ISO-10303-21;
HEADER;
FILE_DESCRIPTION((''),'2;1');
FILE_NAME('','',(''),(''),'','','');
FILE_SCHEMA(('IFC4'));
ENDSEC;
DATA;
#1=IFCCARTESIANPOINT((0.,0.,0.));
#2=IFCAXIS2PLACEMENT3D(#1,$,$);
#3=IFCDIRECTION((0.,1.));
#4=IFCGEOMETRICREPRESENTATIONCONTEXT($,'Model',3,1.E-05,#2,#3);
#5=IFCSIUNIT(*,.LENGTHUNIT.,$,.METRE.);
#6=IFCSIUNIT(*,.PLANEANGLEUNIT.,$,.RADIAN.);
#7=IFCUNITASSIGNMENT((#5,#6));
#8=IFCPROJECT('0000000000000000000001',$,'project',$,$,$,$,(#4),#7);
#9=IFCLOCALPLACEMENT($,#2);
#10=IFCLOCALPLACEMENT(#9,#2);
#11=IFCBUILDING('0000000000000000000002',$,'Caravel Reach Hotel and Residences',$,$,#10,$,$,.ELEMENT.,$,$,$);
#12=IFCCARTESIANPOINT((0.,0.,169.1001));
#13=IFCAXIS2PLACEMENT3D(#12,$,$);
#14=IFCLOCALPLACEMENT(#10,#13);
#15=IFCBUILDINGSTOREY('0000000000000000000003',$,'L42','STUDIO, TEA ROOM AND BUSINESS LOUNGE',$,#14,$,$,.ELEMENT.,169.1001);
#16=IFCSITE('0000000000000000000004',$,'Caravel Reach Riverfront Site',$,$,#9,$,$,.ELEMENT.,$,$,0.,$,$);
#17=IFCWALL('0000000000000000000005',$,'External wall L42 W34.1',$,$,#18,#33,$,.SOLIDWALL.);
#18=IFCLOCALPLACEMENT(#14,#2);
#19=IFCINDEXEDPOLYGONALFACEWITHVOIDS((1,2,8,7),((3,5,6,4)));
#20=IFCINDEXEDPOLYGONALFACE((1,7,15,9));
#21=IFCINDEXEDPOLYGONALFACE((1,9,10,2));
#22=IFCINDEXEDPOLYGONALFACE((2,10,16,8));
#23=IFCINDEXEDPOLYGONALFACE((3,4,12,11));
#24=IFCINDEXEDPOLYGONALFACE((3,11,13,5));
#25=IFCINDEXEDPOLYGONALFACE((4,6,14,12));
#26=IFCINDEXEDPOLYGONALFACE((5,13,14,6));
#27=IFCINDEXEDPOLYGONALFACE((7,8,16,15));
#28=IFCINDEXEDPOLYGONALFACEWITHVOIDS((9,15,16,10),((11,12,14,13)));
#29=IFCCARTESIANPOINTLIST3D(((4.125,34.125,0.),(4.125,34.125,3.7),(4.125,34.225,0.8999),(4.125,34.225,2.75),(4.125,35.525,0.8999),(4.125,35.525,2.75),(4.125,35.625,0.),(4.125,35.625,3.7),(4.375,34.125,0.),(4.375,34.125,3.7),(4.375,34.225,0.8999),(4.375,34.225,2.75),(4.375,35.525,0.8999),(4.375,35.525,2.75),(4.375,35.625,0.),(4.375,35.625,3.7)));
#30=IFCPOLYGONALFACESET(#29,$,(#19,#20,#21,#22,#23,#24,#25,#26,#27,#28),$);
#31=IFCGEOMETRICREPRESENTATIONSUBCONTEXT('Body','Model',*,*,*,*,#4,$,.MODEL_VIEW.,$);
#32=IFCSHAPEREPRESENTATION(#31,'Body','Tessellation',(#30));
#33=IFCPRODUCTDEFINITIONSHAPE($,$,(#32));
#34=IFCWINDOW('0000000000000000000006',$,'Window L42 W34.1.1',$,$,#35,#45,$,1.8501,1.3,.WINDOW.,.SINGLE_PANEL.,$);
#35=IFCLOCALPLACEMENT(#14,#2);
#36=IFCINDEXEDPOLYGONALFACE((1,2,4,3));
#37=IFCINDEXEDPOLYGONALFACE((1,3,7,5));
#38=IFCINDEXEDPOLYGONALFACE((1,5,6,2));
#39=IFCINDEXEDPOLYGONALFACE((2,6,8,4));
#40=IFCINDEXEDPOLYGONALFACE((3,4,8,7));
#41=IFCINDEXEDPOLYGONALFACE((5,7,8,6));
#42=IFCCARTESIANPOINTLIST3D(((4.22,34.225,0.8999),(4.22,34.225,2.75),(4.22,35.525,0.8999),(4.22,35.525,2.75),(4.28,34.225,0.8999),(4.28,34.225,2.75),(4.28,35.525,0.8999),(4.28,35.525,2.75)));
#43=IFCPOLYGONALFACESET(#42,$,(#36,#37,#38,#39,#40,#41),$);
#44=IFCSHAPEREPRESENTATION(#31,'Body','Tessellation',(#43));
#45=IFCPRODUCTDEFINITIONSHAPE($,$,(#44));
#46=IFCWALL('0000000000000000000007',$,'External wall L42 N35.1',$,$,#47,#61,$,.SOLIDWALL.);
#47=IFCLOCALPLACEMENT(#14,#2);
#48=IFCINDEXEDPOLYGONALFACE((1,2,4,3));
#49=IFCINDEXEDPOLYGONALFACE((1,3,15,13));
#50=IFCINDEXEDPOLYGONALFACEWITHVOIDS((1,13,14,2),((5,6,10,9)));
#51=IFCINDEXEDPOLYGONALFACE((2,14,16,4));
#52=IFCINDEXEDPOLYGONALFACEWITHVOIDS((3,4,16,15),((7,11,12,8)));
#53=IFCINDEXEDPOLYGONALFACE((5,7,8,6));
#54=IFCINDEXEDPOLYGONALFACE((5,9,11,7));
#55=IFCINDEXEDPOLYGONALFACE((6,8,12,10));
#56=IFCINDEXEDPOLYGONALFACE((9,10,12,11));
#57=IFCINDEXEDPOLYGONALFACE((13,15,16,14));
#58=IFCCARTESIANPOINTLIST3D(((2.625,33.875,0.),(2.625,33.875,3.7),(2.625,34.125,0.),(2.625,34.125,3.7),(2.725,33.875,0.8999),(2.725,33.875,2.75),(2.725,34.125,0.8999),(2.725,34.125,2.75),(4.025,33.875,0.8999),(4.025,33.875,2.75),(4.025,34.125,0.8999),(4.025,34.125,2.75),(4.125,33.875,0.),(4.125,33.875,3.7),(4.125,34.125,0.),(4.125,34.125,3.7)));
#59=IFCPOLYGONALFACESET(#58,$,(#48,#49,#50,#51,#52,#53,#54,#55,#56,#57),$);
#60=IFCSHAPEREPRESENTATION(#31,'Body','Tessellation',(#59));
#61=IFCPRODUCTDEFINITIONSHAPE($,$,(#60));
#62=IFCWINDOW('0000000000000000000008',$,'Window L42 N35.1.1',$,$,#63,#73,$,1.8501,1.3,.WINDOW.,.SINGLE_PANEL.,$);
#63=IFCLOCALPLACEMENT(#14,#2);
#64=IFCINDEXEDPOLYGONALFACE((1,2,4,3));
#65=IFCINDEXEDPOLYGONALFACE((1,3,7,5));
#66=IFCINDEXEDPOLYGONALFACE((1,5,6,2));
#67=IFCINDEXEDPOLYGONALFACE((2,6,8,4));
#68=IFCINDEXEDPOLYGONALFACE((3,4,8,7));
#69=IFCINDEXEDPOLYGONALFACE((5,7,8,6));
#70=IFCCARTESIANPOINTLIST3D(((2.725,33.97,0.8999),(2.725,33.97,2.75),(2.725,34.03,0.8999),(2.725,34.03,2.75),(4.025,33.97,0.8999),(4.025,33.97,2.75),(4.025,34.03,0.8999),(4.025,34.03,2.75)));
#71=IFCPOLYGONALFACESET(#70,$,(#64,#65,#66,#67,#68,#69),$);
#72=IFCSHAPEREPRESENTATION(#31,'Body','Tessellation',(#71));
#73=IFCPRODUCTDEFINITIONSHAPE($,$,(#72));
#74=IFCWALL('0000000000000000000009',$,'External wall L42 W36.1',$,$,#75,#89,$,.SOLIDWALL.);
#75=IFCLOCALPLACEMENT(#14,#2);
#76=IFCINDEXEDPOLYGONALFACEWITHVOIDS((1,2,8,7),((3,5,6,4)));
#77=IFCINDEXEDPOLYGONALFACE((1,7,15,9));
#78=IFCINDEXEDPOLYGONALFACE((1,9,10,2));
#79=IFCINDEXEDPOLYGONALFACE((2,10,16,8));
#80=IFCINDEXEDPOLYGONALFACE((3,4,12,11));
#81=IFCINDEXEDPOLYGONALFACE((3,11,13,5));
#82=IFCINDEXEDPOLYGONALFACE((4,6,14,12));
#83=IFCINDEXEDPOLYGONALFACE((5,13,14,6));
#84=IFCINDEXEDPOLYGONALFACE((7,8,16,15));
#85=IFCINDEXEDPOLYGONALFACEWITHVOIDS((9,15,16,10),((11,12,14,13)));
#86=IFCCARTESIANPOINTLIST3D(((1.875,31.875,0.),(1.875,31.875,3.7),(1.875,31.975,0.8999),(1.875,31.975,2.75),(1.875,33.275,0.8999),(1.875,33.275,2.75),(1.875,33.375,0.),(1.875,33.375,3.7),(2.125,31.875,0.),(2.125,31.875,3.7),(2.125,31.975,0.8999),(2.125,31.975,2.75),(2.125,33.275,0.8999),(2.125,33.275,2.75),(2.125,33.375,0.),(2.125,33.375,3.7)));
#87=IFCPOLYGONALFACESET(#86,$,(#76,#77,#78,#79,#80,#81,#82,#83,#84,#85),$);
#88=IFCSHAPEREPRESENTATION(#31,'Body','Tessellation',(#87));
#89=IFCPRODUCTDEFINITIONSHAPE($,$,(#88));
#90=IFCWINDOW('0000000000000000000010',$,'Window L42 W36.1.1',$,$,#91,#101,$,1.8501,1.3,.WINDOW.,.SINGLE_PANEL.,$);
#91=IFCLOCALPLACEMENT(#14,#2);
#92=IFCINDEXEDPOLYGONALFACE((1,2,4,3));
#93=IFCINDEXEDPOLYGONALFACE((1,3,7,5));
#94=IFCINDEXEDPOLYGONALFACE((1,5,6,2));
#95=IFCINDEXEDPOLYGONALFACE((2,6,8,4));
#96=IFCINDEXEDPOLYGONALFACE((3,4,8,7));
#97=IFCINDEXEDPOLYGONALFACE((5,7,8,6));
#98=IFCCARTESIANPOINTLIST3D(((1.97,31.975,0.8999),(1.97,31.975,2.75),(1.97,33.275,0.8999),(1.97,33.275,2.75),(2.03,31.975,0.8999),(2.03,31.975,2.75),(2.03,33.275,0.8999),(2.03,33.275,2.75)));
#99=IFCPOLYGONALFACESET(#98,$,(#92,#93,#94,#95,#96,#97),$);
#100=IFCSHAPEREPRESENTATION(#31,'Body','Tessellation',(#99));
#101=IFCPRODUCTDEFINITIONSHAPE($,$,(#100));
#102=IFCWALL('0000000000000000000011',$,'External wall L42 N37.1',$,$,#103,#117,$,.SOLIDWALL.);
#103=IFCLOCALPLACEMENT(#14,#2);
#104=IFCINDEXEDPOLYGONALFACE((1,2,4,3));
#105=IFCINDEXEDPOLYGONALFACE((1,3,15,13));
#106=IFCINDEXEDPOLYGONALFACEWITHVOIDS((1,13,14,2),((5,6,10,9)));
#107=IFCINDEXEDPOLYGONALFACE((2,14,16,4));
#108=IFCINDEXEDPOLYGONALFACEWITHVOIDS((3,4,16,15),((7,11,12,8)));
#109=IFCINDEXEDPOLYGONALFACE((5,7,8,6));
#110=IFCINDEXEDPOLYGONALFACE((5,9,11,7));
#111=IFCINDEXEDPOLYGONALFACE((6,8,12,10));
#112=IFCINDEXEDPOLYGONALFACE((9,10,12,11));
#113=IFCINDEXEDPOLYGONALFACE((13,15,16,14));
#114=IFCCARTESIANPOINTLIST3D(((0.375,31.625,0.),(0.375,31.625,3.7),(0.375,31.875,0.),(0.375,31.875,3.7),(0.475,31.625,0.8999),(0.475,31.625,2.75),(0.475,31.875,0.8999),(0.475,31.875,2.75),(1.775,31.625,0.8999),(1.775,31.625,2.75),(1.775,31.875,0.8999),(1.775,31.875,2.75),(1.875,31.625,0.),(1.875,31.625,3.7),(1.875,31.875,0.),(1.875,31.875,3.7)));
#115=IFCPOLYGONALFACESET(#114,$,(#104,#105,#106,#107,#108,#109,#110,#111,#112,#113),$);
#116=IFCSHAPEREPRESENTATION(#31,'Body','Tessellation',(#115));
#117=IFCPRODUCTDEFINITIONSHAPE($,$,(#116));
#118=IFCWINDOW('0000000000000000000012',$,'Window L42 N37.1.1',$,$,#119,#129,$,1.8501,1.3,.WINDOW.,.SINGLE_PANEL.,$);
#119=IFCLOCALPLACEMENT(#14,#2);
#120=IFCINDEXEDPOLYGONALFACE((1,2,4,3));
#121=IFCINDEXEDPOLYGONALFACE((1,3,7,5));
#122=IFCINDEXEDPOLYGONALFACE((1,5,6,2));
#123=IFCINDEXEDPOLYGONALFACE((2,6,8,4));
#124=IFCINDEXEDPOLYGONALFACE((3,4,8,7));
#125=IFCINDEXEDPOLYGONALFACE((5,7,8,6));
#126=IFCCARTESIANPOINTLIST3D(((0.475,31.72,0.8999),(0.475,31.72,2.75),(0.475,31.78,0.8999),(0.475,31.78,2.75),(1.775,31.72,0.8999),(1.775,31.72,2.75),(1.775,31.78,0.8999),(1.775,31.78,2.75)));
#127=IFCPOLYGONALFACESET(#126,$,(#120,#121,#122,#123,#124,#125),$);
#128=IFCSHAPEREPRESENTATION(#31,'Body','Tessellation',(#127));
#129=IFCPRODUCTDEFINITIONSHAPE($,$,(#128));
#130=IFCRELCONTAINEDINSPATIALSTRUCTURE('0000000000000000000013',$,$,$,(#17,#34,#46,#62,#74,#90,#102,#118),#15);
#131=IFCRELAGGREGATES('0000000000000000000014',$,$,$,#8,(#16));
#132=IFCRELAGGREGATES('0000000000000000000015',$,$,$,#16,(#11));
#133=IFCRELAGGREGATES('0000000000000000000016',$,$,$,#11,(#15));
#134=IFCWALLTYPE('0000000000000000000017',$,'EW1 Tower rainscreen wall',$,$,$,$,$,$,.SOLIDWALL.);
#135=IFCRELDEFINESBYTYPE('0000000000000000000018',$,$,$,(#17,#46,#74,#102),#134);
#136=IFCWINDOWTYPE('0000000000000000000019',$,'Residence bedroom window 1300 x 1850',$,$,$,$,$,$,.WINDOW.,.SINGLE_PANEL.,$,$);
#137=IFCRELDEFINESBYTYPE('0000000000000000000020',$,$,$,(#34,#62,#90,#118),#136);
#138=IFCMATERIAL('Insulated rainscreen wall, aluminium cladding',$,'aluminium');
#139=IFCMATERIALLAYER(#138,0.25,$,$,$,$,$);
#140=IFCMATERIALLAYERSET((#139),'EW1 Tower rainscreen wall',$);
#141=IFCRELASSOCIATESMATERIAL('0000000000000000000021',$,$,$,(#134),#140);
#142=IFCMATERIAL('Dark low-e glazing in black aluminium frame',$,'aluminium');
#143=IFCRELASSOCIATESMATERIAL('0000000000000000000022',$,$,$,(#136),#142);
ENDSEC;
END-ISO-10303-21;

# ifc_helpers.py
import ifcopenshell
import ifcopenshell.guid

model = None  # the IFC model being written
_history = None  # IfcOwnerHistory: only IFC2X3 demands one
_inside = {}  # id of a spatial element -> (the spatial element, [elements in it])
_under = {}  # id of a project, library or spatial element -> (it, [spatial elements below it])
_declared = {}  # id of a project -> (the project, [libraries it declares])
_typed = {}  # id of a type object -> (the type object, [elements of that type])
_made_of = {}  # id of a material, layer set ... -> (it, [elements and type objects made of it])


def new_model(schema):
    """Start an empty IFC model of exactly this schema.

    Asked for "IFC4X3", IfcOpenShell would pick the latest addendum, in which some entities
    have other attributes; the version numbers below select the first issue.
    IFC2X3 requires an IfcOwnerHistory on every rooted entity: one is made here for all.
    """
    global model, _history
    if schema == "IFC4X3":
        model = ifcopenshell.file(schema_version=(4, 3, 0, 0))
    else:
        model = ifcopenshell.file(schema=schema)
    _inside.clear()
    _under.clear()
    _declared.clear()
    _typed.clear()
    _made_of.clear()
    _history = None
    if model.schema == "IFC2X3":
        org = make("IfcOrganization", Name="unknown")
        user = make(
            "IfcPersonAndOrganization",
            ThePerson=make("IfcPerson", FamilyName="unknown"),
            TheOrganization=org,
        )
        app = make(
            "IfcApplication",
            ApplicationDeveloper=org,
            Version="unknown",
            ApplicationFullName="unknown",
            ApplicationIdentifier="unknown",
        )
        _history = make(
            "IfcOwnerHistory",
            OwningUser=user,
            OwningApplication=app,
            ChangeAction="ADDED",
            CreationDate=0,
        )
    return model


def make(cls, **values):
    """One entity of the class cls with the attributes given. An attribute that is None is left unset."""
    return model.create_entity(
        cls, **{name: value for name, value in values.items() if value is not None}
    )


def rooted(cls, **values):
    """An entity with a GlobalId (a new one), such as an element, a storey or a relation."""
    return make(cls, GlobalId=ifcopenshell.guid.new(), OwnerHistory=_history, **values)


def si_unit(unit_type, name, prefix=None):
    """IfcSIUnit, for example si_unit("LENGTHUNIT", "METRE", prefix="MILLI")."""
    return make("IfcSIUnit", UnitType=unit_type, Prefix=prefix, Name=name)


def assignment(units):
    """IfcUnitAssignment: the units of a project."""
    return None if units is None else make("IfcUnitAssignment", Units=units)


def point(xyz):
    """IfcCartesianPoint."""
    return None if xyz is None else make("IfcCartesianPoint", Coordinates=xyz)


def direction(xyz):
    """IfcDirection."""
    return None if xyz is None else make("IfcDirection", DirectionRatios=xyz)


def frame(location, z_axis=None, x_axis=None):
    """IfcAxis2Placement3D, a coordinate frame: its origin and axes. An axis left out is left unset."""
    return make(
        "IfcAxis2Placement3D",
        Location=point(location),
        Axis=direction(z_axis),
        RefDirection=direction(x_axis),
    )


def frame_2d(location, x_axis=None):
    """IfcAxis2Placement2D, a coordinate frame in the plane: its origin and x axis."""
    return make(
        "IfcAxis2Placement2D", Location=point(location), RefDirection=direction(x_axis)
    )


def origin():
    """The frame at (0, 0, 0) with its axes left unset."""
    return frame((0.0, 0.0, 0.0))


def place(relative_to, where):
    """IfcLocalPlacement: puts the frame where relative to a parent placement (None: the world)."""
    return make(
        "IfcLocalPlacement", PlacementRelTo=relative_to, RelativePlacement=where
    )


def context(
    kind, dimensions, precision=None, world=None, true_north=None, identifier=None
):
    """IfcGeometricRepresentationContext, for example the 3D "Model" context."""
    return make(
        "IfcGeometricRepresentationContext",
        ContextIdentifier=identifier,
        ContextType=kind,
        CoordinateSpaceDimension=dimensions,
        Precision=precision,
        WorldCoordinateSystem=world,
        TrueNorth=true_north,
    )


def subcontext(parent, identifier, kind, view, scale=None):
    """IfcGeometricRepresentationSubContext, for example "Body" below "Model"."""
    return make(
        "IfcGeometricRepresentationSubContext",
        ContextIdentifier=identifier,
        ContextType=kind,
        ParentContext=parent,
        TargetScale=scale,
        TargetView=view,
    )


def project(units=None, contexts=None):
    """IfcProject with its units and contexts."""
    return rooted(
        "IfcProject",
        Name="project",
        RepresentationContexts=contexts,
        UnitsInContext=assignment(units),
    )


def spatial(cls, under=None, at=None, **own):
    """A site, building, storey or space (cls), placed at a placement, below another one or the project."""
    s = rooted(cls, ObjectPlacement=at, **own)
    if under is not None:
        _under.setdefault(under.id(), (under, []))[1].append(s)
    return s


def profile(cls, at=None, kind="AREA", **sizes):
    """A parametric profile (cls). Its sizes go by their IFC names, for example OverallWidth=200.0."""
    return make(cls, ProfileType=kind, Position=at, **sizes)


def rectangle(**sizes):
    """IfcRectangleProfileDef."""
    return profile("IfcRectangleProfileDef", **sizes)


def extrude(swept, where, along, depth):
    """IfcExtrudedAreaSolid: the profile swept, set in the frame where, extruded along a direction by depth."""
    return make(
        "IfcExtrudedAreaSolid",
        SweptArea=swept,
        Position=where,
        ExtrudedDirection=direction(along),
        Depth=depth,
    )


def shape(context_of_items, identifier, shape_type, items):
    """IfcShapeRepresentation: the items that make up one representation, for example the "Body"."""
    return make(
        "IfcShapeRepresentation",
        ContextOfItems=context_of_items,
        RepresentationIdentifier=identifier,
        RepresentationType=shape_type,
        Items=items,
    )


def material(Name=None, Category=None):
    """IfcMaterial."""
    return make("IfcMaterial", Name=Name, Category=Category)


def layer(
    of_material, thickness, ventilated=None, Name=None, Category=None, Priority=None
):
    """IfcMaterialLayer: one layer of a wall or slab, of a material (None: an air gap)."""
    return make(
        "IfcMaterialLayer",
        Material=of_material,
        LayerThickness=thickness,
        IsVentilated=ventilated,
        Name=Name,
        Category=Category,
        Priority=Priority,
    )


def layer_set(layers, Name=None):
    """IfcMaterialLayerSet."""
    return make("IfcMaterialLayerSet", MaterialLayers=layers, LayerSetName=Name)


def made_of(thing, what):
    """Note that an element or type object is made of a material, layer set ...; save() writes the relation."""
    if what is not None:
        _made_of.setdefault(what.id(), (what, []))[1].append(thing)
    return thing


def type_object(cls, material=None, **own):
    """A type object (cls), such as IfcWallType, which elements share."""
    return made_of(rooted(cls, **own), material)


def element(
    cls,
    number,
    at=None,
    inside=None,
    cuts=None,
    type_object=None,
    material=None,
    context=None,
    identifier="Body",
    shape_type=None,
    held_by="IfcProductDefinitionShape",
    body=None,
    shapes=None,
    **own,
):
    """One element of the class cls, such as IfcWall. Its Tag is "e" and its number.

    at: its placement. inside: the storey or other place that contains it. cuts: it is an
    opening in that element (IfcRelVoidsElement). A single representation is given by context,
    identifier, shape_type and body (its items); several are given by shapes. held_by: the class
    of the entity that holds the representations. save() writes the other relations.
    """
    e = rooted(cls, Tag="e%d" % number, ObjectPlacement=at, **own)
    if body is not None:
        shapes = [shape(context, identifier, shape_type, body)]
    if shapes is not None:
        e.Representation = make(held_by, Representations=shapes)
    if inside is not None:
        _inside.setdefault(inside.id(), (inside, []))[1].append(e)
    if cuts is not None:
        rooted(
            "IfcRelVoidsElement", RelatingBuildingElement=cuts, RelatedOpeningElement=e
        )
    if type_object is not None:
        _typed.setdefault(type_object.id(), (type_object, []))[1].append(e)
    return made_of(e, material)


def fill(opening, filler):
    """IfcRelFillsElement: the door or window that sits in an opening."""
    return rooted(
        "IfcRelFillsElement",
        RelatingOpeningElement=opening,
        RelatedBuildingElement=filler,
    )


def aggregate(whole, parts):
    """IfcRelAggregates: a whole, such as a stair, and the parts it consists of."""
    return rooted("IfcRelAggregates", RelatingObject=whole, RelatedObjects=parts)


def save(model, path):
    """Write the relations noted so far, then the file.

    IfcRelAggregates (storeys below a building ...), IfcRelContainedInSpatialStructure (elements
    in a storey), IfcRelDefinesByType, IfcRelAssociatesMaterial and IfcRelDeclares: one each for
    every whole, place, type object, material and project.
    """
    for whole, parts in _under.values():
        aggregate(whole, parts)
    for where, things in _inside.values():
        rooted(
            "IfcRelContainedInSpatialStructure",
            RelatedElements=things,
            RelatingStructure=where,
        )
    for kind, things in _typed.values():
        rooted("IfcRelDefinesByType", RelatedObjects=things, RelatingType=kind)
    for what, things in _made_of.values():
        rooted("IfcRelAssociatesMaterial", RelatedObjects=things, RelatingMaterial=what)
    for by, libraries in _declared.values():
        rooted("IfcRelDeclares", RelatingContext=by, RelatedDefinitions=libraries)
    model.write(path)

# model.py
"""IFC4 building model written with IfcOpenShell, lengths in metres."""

from ifc_helpers import new_model, si_unit, direction, frame, frame_2d, origin, place, context, subcontext, project, spatial, rectangle, extrude, material, layer, layer_set, type_object, element, fill, save


model = new_model("IFC4")

# Units and contexts
model_context = context("Model", 3, precision=1e-05, world=origin(), true_north=direction((0.0, 1.0)))
body_context = subcontext(model_context, "Body", "Model", "MODEL_VIEW")
ifc_project = project(units=[si_unit("LENGTHUNIT", "METRE"), si_unit("PLANEANGLEUNIT", "RADIAN")], contexts=[model_context])

# Site, building, storey
site_placement = place(None, origin())
site = spatial("IfcSite", under=ifc_project, at=site_placement, Name="Caravel Reach Riverfront Site", CompositionType="ELEMENT", RefElevation=0.0)
building_placement = place(site_placement, origin())
building = spatial("IfcBuilding", under=site, at=building_placement, Name="Caravel Reach Hotel and Residences", CompositionType="ELEMENT")
storey_placement = place(building_placement, frame((0.0, 0.0, 169.1001)))
storey = spatial("IfcBuildingStorey", under=building, at=storey_placement, Name="L42", Description="STUDIO, TEA ROOM AND BUSINESS LOUNGE", CompositionType="ELEMENT", Elevation=169.1001)

# Walls, openings, windows
ifc_material_1 = material(Name="Insulated rainscreen wall, aluminium cladding", Category="aluminium")
ifc_layer_1 = layer(ifc_material_1, 0.25)
ifc_layer_set_1 = layer_set([ifc_layer_1], Name="EW1 Tower rainscreen wall")
wall_type_1 = type_object("IfcWallType", Name="EW1 Tower rainscreen wall", PredefinedType="SOLIDWALL", material=ifc_layer_set_1)
wall_1_placement = place(storey_placement, frame((4.25, 35.625, 0.0), z_axis=(0.0, 0.0, 1.0), x_axis=(0.0, -1.0, 0.0)))
wall_1 = element("IfcWall", 1, at=wall_1_placement, inside=storey, type_object=wall_type_1, Name="External wall L42 W34.1", PredefinedType="SOLIDWALL", context=body_context, shape_type="SweptSolid", body=[
    extrude(rectangle(XDim=1.5, YDim=0.25, at=frame_2d((0.75, 0.0))), origin(), (0.0, 0.0, 1.0), 3.7),
])
opening_1_placement = place(wall_1_placement, frame((0.1001, 0.0, 0.8999)))
opening_1 = element("IfcOpeningElement", 2, at=opening_1_placement, cuts=wall_1, PredefinedType="OPENING", context=body_context, shape_type="SweptSolid", body=[
    extrude(rectangle(XDim=1.3, YDim=1.8501, at=frame_2d((0.6499, 0.925))), frame((0.0, 0.135, 0.0), z_axis=(0.0, -1.0, 0.0), x_axis=(1.0, 0.0, 0.0)), (0.0, 0.0, 1.0), 0.27),
])
ifc_material_2 = material(Name="Dark low-e glazing in black aluminium frame", Category="aluminium")
window_type_1 = type_object("IfcWindowType", Name="Residence bedroom window 1300 x 1850", PartitioningType="SINGLE_PANEL", PredefinedType="WINDOW", material=ifc_material_2)
window_1_placement = place(opening_1_placement, origin())
window_1 = element("IfcWindow", 3, at=window_1_placement, inside=storey, type_object=window_type_1, Name="Window L42 W34.1.1", OverallHeight=1.8501, OverallWidth=1.3, PartitioningType="SINGLE_PANEL", PredefinedType="WINDOW", context=body_context, shape_type="SweptSolid", body=[
    extrude(rectangle(XDim=1.3, YDim=1.8501, at=frame_2d((0.6499, 0.925))), frame((0.0, 0.03, 0.0), z_axis=(0.0, -1.0, 0.0), x_axis=(1.0, 0.0, 0.0)), (0.0, 0.0, 1.0), 0.0601),
])
fill(opening_1, window_1)
wall_2_placement = place(storey_placement, frame((4.125, 34.0, 0.0), z_axis=(0.0, 0.0, 1.0), x_axis=(-1.0, 0.0, 0.0)))
wall_2 = element("IfcWall", 4, at=wall_2_placement, inside=storey, type_object=wall_type_1, Name="External wall L42 N35.1", PredefinedType="SOLIDWALL", context=body_context, shape_type="SweptSolid", body=[
    extrude(rectangle(XDim=1.5, YDim=0.25, at=frame_2d((0.75, 0.0))), origin(), (0.0, 0.0, 1.0), 3.7),
])
opening_2_placement = place(wall_2_placement, frame((0.1001, 0.0, 0.8999)))
opening_2 = element("IfcOpeningElement", 5, at=opening_2_placement, cuts=wall_2, PredefinedType="OPENING", context=body_context, shape_type="SweptSolid", body=[
    extrude(rectangle(XDim=1.3, YDim=1.8501, at=frame_2d((0.6499, 0.925))), frame((0.0, 0.135, 0.0), z_axis=(0.0, -1.0, 0.0), x_axis=(1.0, 0.0, 0.0)), (0.0, 0.0, 1.0), 0.27),
])
window_2_placement = place(opening_2_placement, origin())
window_2 = element("IfcWindow", 6, at=window_2_placement, inside=storey, type_object=window_type_1, Name="Window L42 N35.1.1", OverallHeight=1.8501, OverallWidth=1.3, PartitioningType="SINGLE_PANEL", PredefinedType="WINDOW", context=body_context, shape_type="SweptSolid", body=[
    extrude(rectangle(XDim=1.3, YDim=1.8501, at=frame_2d((0.6499, 0.925))), frame((0.0, 0.03, 0.0), z_axis=(0.0, -1.0, 0.0), x_axis=(1.0, 0.0, 0.0)), (0.0, 0.0, 1.0), 0.0601),
])
fill(opening_2, window_2)
wall_3_placement = place(storey_placement, frame((2.0, 33.375, 0.0), z_axis=(0.0, 0.0, 1.0), x_axis=(0.0, -1.0, 0.0)))
wall_3 = element("IfcWall", 7, at=wall_3_placement, inside=storey, type_object=wall_type_1, Name="External wall L42 W36.1", PredefinedType="SOLIDWALL", context=body_context, shape_type="SweptSolid", body=[
    extrude(rectangle(XDim=1.5, YDim=0.25, at=frame_2d((0.75, 0.0))), origin(), (0.0, 0.0, 1.0), 3.7),
])
opening_3_placement = place(wall_3_placement, frame((0.1001, 0.0, 0.8999)))
opening_3 = element("IfcOpeningElement", 8, at=opening_3_placement, cuts=wall_3, PredefinedType="OPENING", context=body_context, shape_type="SweptSolid", body=[
    extrude(rectangle(XDim=1.3, YDim=1.8501, at=frame_2d((0.6499, 0.925))), frame((0.0, 0.135, 0.0), z_axis=(0.0, -1.0, 0.0), x_axis=(1.0, 0.0, 0.0)), (0.0, 0.0, 1.0), 0.27),
])
window_3_placement = place(opening_3_placement, origin())
window_3 = element("IfcWindow", 9, at=window_3_placement, inside=storey, type_object=window_type_1, Name="Window L42 W36.1.1", OverallHeight=1.8501, OverallWidth=1.3, PartitioningType="SINGLE_PANEL", PredefinedType="WINDOW", context=body_context, shape_type="SweptSolid", body=[
    extrude(rectangle(XDim=1.3, YDim=1.8501, at=frame_2d((0.6499, 0.925))), frame((0.0, 0.03, 0.0), z_axis=(0.0, -1.0, 0.0), x_axis=(1.0, 0.0, 0.0)), (0.0, 0.0, 1.0), 0.0601),
])
fill(opening_3, window_3)
wall_4_placement = place(storey_placement, frame((1.875, 31.75, 0.0), z_axis=(0.0, 0.0, 1.0), x_axis=(-1.0, 0.0, 0.0)))
wall_4 = element("IfcWall", 10, at=wall_4_placement, inside=storey, type_object=wall_type_1, Name="External wall L42 N37.1", PredefinedType="SOLIDWALL", context=body_context, shape_type="SweptSolid", body=[
    extrude(rectangle(XDim=1.5, YDim=0.25, at=frame_2d((0.75, 0.0))), origin(), (0.0, 0.0, 1.0), 3.7),
])
opening_4_placement = place(wall_4_placement, frame((0.1001, 0.0, 0.8999)))
opening_4 = element("IfcOpeningElement", 11, at=opening_4_placement, cuts=wall_4, PredefinedType="OPENING", context=body_context, shape_type="SweptSolid", body=[
    extrude(rectangle(XDim=1.3, YDim=1.8501, at=frame_2d((0.6499, 0.925))), frame((0.0, 0.135, 0.0), z_axis=(0.0, -1.0, 0.0), x_axis=(1.0, 0.0, 0.0)), (0.0, 0.0, 1.0), 0.27),
])
window_4_placement = place(opening_4_placement, origin())
window_4 = element("IfcWindow", 12, at=window_4_placement, inside=storey, type_object=window_type_1, Name="Window L42 N37.1.1", OverallHeight=1.8501, OverallWidth=1.3, PartitioningType="SINGLE_PANEL", PredefinedType="WINDOW", context=body_context, shape_type="SweptSolid", body=[
    extrude(rectangle(XDim=1.3, YDim=1.8501, at=frame_2d((0.6499, 0.925))), frame((0.0, 0.03, 0.0), z_axis=(0.0, -1.0, 0.0), x_axis=(1.0, 0.0, 0.0)), (0.0, 0.0, 1.0), 0.0601),
])
fill(opening_4, window_4)

save(model, "model.ifc")
